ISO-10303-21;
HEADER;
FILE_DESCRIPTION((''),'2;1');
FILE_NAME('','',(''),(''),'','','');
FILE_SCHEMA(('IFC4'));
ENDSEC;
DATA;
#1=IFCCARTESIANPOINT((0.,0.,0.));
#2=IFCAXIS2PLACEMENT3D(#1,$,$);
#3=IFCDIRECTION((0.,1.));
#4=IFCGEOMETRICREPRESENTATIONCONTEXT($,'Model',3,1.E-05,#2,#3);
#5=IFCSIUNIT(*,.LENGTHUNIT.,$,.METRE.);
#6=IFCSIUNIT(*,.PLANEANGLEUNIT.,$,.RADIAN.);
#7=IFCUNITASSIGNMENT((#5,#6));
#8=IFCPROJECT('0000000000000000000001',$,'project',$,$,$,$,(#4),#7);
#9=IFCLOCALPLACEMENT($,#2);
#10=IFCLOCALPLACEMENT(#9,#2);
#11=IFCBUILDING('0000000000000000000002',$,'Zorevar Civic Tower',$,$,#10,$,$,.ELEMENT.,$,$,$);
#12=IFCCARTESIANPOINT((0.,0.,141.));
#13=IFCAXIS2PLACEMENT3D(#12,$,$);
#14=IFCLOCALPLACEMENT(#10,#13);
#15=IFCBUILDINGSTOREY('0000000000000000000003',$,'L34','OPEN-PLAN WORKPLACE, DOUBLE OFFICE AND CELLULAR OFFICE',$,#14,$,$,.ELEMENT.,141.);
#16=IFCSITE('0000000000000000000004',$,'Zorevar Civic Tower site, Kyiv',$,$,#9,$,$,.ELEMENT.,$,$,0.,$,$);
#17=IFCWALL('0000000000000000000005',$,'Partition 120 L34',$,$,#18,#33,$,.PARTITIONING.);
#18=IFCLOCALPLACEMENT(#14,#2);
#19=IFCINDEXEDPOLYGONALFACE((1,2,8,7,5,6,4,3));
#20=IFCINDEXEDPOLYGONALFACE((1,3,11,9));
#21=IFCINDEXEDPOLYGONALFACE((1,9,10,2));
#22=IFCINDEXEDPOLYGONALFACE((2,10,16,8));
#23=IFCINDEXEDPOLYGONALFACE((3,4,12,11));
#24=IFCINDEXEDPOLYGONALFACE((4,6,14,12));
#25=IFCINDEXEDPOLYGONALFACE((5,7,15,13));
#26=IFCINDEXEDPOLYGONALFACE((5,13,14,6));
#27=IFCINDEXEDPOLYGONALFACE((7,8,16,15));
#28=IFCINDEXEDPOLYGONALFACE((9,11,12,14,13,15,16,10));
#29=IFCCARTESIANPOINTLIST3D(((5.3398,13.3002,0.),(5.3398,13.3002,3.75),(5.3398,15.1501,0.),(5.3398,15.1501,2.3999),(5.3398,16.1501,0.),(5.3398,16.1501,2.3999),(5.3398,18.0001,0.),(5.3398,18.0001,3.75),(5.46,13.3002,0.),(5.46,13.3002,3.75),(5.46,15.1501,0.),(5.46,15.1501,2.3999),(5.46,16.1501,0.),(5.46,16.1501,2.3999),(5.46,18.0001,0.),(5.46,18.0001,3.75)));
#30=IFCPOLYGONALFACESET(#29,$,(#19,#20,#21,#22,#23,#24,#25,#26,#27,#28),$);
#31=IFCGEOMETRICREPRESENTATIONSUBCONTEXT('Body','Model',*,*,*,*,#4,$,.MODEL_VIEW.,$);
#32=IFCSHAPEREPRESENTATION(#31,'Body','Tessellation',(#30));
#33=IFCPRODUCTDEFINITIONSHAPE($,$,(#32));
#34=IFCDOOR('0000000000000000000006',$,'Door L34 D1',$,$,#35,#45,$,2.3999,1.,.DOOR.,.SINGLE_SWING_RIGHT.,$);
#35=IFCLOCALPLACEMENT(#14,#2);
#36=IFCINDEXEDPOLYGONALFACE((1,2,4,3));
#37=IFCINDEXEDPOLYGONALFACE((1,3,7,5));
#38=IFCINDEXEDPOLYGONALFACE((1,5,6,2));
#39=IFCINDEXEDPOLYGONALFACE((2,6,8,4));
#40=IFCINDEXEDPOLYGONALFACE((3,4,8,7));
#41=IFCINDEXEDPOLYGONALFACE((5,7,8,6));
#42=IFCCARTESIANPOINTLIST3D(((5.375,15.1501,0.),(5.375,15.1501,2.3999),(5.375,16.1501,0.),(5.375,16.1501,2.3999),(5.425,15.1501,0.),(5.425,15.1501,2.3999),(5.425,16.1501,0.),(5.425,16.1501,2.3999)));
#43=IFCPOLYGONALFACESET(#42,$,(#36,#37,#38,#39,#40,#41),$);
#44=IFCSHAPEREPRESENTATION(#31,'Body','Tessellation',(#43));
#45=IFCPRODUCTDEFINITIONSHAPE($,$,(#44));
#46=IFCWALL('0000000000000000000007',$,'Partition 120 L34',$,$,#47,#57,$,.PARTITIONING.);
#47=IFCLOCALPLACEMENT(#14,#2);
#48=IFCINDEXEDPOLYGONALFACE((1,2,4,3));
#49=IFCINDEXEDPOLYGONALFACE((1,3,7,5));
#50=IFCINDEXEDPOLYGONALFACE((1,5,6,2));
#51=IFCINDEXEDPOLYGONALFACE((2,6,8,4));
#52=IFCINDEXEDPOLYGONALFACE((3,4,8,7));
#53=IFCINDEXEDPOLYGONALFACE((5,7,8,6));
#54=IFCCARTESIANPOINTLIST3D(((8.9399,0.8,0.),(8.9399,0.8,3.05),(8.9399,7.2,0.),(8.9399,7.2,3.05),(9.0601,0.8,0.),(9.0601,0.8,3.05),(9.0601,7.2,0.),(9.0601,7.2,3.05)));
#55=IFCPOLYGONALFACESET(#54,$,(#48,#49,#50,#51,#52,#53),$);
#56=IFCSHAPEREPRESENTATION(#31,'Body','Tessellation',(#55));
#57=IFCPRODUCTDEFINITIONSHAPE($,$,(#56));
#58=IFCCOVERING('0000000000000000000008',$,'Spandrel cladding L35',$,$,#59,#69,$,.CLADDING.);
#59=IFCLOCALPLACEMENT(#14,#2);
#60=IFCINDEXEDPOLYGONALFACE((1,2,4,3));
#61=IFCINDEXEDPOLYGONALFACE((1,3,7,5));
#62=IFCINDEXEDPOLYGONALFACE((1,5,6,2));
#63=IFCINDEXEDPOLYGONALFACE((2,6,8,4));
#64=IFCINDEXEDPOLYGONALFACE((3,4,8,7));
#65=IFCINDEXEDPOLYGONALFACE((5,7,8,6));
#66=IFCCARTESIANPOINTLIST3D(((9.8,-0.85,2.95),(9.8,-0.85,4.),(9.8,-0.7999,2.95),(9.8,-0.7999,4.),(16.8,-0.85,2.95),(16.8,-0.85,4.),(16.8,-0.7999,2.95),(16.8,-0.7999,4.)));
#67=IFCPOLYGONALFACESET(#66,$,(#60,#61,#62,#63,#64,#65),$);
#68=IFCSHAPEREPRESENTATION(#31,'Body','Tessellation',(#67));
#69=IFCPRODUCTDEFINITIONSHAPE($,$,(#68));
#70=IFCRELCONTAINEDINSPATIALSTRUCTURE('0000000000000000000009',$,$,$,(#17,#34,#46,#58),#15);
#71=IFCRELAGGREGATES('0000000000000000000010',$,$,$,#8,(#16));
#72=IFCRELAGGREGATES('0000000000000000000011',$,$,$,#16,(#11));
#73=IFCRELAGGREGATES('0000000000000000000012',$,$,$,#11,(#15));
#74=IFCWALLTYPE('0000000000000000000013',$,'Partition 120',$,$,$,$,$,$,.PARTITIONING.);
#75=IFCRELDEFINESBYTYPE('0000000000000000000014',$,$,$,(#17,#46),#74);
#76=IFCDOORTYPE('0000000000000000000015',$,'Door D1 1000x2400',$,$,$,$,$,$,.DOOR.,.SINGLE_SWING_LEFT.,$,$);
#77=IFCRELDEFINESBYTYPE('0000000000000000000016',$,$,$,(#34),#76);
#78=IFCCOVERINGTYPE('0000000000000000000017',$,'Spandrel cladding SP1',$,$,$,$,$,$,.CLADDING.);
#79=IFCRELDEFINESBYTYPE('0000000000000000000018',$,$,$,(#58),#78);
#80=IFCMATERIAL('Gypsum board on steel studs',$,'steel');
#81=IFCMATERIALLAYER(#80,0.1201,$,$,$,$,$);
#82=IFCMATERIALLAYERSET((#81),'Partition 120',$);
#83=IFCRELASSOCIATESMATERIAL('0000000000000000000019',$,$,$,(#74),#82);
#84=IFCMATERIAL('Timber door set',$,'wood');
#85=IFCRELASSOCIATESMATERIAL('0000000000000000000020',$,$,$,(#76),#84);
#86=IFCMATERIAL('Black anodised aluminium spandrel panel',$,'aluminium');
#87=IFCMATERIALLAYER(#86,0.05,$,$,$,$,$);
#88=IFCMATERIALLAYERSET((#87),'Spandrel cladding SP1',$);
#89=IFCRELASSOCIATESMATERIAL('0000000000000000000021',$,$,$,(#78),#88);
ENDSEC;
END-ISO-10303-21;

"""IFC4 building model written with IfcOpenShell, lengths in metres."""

from ifc_helpers import new_model, si_unit, direction, frame, frame_2d, origin, place, context, subcontext, project, spatial, rectangle, extrude, material, layer, layer_set, type_object, element, fill, save


model = new_model("IFC4")

# Units and contexts
model_context = context("Model", 3, precision=1e-05, world=origin(), true_north=direction((0.0, 1.0)))
body_context = subcontext(model_context, "Body", "Model", "MODEL_VIEW")
ifc_project = project(units=[si_unit("LENGTHUNIT", "METRE"), si_unit("PLANEANGLEUNIT", "RADIAN")], contexts=[model_context])

# Site, building, storey
site_placement = place(None, origin())
site = spatial("IfcSite", under=ifc_project, at=site_placement, Name="Zorevar Civic Tower site, Kyiv", CompositionType="ELEMENT", RefElevation=0.0)
building_placement = place(site_placement, origin())
building = spatial("IfcBuilding", under=site, at=building_placement, Name="Zorevar Civic Tower", CompositionType="ELEMENT")
storey_placement = place(building_placement, frame((0.0, 0.0, 141.0)))
storey = spatial("IfcBuildingStorey", under=building, at=storey_placement, Name="L34", Description="OPEN-PLAN WORKPLACE, DOUBLE OFFICE AND CELLULAR OFFICE", CompositionType="ELEMENT", Elevation=141.0)

# Shared definitions
ifc_material_1 = material(Name="Gypsum board on steel studs", Category="steel")
ifc_layer_1 = layer(ifc_material_1, 0.1201)
ifc_layer_set_1 = layer_set([ifc_layer_1], Name="Partition 120")
wall_type = type_object("IfcWallType", Name="Partition 120", PredefinedType="PARTITIONING", material=ifc_layer_set_1)
ifc_material_2 = material(Name="Timber door set", Category="wood")
door_type = type_object("IfcDoorType", Name="Door D1 1000x2400", OperationType="SINGLE_SWING_LEFT", PredefinedType="DOOR", material=ifc_material_2)

# Wall, opening, door
wall_1_placement = place(storey_placement, frame((5.3999, 13.3, 0.0), z_axis=(0.0, 0.0, 1.0), x_axis=(0.0, 1.0, 0.0)))
wall_1 = element("IfcWall", 1, at=wall_1_placement, inside=storey, type_object=wall_type, Name="Partition 120 L34", PredefinedType="PARTITIONING", context=body_context, shape_type="SweptSolid", body=[
    extrude(rectangle(XDim=4.7, YDim=0.1201, at=frame_2d((2.3501, 0.0))), origin(), (0.0, 0.0, 1.0), 3.75),
])
opening_1_placement = place(wall_1_placement, frame((1.8501, 0.0, 0.0)))
opening_1 = element("IfcOpeningElement", 2, at=opening_1_placement, cuts=wall_1, PredefinedType="OPENING", context=body_context, shape_type="SweptSolid", body=[
    extrude(rectangle(XDim=1.0, YDim=2.3999, at=frame_2d((0.5, 1.2))), frame((0.0, 0.0701, 0.0), z_axis=(0.0, -1.0, 0.0), x_axis=(1.0, 0.0, 0.0)), (0.0, 0.0, 1.0), 0.1401),
])
door_1_placement = place(opening_1_placement, origin())
door_1 = element("IfcDoor", 3, at=door_1_placement, inside=storey, type_object=door_type, Name="Door L34 D1", OperationType="SINGLE_SWING_RIGHT", OverallHeight=2.3999, OverallWidth=1.0, PredefinedType="DOOR", context=body_context, shape_type="SweptSolid", body=[
    extrude(rectangle(XDim=1.0, YDim=2.3999, at=frame_2d((0.5, 1.2))), frame((0.0, 0.0249, 0.0), z_axis=(0.0, -1.0, 0.0), x_axis=(1.0, 0.0, 0.0)), (0.0, 0.0, 1.0), 0.05),
])
fill(opening_1, door_1)

# Wall
wall_2_placement = place(storey_placement, frame((9.0, 0.8, 0.0), z_axis=(0.0, 0.0, 1.0), x_axis=(0.0, 1.0, 0.0)))
element("IfcWall", 4, at=wall_2_placement, inside=storey, type_object=wall_type, Name="Partition 120 L34", PredefinedType="PARTITIONING", context=body_context, shape_type="SweptSolid", body=[
    extrude(rectangle(XDim=6.3999, YDim=0.1201, at=frame_2d((3.2, 0.0))), origin(), (0.0, 0.0, 1.0), 3.05),
])

# Covering
ifc_material_3 = material(Name="Black anodised aluminium spandrel panel", Category="aluminium")
ifc_layer_2 = layer(ifc_material_3, 0.05)
ifc_layer_set_2 = layer_set([ifc_layer_2], Name="Spandrel cladding SP1")
covering_type = type_object("IfcCoveringType", Name="Spandrel cladding SP1", PredefinedType="CLADDING", material=ifc_layer_set_2)
covering_placement = place(storey_placement, frame((9.8, -0.825, 2.95), z_axis=(0.0, 0.0, 1.0), x_axis=(1.0, 0.0, 0.0)))
element("IfcCovering", 5, at=covering_placement, inside=storey, type_object=covering_type, Name="Spandrel cladding L35", PredefinedType="CLADDING", context=body_context, shape_type="SweptSolid", body=[
    extrude(rectangle(XDim=7.0, YDim=0.05, at=frame_2d((3.5, 0.0))), origin(), (0.0, 0.0, 1.0), 1.05),
])

save(model, "model.ifc")
